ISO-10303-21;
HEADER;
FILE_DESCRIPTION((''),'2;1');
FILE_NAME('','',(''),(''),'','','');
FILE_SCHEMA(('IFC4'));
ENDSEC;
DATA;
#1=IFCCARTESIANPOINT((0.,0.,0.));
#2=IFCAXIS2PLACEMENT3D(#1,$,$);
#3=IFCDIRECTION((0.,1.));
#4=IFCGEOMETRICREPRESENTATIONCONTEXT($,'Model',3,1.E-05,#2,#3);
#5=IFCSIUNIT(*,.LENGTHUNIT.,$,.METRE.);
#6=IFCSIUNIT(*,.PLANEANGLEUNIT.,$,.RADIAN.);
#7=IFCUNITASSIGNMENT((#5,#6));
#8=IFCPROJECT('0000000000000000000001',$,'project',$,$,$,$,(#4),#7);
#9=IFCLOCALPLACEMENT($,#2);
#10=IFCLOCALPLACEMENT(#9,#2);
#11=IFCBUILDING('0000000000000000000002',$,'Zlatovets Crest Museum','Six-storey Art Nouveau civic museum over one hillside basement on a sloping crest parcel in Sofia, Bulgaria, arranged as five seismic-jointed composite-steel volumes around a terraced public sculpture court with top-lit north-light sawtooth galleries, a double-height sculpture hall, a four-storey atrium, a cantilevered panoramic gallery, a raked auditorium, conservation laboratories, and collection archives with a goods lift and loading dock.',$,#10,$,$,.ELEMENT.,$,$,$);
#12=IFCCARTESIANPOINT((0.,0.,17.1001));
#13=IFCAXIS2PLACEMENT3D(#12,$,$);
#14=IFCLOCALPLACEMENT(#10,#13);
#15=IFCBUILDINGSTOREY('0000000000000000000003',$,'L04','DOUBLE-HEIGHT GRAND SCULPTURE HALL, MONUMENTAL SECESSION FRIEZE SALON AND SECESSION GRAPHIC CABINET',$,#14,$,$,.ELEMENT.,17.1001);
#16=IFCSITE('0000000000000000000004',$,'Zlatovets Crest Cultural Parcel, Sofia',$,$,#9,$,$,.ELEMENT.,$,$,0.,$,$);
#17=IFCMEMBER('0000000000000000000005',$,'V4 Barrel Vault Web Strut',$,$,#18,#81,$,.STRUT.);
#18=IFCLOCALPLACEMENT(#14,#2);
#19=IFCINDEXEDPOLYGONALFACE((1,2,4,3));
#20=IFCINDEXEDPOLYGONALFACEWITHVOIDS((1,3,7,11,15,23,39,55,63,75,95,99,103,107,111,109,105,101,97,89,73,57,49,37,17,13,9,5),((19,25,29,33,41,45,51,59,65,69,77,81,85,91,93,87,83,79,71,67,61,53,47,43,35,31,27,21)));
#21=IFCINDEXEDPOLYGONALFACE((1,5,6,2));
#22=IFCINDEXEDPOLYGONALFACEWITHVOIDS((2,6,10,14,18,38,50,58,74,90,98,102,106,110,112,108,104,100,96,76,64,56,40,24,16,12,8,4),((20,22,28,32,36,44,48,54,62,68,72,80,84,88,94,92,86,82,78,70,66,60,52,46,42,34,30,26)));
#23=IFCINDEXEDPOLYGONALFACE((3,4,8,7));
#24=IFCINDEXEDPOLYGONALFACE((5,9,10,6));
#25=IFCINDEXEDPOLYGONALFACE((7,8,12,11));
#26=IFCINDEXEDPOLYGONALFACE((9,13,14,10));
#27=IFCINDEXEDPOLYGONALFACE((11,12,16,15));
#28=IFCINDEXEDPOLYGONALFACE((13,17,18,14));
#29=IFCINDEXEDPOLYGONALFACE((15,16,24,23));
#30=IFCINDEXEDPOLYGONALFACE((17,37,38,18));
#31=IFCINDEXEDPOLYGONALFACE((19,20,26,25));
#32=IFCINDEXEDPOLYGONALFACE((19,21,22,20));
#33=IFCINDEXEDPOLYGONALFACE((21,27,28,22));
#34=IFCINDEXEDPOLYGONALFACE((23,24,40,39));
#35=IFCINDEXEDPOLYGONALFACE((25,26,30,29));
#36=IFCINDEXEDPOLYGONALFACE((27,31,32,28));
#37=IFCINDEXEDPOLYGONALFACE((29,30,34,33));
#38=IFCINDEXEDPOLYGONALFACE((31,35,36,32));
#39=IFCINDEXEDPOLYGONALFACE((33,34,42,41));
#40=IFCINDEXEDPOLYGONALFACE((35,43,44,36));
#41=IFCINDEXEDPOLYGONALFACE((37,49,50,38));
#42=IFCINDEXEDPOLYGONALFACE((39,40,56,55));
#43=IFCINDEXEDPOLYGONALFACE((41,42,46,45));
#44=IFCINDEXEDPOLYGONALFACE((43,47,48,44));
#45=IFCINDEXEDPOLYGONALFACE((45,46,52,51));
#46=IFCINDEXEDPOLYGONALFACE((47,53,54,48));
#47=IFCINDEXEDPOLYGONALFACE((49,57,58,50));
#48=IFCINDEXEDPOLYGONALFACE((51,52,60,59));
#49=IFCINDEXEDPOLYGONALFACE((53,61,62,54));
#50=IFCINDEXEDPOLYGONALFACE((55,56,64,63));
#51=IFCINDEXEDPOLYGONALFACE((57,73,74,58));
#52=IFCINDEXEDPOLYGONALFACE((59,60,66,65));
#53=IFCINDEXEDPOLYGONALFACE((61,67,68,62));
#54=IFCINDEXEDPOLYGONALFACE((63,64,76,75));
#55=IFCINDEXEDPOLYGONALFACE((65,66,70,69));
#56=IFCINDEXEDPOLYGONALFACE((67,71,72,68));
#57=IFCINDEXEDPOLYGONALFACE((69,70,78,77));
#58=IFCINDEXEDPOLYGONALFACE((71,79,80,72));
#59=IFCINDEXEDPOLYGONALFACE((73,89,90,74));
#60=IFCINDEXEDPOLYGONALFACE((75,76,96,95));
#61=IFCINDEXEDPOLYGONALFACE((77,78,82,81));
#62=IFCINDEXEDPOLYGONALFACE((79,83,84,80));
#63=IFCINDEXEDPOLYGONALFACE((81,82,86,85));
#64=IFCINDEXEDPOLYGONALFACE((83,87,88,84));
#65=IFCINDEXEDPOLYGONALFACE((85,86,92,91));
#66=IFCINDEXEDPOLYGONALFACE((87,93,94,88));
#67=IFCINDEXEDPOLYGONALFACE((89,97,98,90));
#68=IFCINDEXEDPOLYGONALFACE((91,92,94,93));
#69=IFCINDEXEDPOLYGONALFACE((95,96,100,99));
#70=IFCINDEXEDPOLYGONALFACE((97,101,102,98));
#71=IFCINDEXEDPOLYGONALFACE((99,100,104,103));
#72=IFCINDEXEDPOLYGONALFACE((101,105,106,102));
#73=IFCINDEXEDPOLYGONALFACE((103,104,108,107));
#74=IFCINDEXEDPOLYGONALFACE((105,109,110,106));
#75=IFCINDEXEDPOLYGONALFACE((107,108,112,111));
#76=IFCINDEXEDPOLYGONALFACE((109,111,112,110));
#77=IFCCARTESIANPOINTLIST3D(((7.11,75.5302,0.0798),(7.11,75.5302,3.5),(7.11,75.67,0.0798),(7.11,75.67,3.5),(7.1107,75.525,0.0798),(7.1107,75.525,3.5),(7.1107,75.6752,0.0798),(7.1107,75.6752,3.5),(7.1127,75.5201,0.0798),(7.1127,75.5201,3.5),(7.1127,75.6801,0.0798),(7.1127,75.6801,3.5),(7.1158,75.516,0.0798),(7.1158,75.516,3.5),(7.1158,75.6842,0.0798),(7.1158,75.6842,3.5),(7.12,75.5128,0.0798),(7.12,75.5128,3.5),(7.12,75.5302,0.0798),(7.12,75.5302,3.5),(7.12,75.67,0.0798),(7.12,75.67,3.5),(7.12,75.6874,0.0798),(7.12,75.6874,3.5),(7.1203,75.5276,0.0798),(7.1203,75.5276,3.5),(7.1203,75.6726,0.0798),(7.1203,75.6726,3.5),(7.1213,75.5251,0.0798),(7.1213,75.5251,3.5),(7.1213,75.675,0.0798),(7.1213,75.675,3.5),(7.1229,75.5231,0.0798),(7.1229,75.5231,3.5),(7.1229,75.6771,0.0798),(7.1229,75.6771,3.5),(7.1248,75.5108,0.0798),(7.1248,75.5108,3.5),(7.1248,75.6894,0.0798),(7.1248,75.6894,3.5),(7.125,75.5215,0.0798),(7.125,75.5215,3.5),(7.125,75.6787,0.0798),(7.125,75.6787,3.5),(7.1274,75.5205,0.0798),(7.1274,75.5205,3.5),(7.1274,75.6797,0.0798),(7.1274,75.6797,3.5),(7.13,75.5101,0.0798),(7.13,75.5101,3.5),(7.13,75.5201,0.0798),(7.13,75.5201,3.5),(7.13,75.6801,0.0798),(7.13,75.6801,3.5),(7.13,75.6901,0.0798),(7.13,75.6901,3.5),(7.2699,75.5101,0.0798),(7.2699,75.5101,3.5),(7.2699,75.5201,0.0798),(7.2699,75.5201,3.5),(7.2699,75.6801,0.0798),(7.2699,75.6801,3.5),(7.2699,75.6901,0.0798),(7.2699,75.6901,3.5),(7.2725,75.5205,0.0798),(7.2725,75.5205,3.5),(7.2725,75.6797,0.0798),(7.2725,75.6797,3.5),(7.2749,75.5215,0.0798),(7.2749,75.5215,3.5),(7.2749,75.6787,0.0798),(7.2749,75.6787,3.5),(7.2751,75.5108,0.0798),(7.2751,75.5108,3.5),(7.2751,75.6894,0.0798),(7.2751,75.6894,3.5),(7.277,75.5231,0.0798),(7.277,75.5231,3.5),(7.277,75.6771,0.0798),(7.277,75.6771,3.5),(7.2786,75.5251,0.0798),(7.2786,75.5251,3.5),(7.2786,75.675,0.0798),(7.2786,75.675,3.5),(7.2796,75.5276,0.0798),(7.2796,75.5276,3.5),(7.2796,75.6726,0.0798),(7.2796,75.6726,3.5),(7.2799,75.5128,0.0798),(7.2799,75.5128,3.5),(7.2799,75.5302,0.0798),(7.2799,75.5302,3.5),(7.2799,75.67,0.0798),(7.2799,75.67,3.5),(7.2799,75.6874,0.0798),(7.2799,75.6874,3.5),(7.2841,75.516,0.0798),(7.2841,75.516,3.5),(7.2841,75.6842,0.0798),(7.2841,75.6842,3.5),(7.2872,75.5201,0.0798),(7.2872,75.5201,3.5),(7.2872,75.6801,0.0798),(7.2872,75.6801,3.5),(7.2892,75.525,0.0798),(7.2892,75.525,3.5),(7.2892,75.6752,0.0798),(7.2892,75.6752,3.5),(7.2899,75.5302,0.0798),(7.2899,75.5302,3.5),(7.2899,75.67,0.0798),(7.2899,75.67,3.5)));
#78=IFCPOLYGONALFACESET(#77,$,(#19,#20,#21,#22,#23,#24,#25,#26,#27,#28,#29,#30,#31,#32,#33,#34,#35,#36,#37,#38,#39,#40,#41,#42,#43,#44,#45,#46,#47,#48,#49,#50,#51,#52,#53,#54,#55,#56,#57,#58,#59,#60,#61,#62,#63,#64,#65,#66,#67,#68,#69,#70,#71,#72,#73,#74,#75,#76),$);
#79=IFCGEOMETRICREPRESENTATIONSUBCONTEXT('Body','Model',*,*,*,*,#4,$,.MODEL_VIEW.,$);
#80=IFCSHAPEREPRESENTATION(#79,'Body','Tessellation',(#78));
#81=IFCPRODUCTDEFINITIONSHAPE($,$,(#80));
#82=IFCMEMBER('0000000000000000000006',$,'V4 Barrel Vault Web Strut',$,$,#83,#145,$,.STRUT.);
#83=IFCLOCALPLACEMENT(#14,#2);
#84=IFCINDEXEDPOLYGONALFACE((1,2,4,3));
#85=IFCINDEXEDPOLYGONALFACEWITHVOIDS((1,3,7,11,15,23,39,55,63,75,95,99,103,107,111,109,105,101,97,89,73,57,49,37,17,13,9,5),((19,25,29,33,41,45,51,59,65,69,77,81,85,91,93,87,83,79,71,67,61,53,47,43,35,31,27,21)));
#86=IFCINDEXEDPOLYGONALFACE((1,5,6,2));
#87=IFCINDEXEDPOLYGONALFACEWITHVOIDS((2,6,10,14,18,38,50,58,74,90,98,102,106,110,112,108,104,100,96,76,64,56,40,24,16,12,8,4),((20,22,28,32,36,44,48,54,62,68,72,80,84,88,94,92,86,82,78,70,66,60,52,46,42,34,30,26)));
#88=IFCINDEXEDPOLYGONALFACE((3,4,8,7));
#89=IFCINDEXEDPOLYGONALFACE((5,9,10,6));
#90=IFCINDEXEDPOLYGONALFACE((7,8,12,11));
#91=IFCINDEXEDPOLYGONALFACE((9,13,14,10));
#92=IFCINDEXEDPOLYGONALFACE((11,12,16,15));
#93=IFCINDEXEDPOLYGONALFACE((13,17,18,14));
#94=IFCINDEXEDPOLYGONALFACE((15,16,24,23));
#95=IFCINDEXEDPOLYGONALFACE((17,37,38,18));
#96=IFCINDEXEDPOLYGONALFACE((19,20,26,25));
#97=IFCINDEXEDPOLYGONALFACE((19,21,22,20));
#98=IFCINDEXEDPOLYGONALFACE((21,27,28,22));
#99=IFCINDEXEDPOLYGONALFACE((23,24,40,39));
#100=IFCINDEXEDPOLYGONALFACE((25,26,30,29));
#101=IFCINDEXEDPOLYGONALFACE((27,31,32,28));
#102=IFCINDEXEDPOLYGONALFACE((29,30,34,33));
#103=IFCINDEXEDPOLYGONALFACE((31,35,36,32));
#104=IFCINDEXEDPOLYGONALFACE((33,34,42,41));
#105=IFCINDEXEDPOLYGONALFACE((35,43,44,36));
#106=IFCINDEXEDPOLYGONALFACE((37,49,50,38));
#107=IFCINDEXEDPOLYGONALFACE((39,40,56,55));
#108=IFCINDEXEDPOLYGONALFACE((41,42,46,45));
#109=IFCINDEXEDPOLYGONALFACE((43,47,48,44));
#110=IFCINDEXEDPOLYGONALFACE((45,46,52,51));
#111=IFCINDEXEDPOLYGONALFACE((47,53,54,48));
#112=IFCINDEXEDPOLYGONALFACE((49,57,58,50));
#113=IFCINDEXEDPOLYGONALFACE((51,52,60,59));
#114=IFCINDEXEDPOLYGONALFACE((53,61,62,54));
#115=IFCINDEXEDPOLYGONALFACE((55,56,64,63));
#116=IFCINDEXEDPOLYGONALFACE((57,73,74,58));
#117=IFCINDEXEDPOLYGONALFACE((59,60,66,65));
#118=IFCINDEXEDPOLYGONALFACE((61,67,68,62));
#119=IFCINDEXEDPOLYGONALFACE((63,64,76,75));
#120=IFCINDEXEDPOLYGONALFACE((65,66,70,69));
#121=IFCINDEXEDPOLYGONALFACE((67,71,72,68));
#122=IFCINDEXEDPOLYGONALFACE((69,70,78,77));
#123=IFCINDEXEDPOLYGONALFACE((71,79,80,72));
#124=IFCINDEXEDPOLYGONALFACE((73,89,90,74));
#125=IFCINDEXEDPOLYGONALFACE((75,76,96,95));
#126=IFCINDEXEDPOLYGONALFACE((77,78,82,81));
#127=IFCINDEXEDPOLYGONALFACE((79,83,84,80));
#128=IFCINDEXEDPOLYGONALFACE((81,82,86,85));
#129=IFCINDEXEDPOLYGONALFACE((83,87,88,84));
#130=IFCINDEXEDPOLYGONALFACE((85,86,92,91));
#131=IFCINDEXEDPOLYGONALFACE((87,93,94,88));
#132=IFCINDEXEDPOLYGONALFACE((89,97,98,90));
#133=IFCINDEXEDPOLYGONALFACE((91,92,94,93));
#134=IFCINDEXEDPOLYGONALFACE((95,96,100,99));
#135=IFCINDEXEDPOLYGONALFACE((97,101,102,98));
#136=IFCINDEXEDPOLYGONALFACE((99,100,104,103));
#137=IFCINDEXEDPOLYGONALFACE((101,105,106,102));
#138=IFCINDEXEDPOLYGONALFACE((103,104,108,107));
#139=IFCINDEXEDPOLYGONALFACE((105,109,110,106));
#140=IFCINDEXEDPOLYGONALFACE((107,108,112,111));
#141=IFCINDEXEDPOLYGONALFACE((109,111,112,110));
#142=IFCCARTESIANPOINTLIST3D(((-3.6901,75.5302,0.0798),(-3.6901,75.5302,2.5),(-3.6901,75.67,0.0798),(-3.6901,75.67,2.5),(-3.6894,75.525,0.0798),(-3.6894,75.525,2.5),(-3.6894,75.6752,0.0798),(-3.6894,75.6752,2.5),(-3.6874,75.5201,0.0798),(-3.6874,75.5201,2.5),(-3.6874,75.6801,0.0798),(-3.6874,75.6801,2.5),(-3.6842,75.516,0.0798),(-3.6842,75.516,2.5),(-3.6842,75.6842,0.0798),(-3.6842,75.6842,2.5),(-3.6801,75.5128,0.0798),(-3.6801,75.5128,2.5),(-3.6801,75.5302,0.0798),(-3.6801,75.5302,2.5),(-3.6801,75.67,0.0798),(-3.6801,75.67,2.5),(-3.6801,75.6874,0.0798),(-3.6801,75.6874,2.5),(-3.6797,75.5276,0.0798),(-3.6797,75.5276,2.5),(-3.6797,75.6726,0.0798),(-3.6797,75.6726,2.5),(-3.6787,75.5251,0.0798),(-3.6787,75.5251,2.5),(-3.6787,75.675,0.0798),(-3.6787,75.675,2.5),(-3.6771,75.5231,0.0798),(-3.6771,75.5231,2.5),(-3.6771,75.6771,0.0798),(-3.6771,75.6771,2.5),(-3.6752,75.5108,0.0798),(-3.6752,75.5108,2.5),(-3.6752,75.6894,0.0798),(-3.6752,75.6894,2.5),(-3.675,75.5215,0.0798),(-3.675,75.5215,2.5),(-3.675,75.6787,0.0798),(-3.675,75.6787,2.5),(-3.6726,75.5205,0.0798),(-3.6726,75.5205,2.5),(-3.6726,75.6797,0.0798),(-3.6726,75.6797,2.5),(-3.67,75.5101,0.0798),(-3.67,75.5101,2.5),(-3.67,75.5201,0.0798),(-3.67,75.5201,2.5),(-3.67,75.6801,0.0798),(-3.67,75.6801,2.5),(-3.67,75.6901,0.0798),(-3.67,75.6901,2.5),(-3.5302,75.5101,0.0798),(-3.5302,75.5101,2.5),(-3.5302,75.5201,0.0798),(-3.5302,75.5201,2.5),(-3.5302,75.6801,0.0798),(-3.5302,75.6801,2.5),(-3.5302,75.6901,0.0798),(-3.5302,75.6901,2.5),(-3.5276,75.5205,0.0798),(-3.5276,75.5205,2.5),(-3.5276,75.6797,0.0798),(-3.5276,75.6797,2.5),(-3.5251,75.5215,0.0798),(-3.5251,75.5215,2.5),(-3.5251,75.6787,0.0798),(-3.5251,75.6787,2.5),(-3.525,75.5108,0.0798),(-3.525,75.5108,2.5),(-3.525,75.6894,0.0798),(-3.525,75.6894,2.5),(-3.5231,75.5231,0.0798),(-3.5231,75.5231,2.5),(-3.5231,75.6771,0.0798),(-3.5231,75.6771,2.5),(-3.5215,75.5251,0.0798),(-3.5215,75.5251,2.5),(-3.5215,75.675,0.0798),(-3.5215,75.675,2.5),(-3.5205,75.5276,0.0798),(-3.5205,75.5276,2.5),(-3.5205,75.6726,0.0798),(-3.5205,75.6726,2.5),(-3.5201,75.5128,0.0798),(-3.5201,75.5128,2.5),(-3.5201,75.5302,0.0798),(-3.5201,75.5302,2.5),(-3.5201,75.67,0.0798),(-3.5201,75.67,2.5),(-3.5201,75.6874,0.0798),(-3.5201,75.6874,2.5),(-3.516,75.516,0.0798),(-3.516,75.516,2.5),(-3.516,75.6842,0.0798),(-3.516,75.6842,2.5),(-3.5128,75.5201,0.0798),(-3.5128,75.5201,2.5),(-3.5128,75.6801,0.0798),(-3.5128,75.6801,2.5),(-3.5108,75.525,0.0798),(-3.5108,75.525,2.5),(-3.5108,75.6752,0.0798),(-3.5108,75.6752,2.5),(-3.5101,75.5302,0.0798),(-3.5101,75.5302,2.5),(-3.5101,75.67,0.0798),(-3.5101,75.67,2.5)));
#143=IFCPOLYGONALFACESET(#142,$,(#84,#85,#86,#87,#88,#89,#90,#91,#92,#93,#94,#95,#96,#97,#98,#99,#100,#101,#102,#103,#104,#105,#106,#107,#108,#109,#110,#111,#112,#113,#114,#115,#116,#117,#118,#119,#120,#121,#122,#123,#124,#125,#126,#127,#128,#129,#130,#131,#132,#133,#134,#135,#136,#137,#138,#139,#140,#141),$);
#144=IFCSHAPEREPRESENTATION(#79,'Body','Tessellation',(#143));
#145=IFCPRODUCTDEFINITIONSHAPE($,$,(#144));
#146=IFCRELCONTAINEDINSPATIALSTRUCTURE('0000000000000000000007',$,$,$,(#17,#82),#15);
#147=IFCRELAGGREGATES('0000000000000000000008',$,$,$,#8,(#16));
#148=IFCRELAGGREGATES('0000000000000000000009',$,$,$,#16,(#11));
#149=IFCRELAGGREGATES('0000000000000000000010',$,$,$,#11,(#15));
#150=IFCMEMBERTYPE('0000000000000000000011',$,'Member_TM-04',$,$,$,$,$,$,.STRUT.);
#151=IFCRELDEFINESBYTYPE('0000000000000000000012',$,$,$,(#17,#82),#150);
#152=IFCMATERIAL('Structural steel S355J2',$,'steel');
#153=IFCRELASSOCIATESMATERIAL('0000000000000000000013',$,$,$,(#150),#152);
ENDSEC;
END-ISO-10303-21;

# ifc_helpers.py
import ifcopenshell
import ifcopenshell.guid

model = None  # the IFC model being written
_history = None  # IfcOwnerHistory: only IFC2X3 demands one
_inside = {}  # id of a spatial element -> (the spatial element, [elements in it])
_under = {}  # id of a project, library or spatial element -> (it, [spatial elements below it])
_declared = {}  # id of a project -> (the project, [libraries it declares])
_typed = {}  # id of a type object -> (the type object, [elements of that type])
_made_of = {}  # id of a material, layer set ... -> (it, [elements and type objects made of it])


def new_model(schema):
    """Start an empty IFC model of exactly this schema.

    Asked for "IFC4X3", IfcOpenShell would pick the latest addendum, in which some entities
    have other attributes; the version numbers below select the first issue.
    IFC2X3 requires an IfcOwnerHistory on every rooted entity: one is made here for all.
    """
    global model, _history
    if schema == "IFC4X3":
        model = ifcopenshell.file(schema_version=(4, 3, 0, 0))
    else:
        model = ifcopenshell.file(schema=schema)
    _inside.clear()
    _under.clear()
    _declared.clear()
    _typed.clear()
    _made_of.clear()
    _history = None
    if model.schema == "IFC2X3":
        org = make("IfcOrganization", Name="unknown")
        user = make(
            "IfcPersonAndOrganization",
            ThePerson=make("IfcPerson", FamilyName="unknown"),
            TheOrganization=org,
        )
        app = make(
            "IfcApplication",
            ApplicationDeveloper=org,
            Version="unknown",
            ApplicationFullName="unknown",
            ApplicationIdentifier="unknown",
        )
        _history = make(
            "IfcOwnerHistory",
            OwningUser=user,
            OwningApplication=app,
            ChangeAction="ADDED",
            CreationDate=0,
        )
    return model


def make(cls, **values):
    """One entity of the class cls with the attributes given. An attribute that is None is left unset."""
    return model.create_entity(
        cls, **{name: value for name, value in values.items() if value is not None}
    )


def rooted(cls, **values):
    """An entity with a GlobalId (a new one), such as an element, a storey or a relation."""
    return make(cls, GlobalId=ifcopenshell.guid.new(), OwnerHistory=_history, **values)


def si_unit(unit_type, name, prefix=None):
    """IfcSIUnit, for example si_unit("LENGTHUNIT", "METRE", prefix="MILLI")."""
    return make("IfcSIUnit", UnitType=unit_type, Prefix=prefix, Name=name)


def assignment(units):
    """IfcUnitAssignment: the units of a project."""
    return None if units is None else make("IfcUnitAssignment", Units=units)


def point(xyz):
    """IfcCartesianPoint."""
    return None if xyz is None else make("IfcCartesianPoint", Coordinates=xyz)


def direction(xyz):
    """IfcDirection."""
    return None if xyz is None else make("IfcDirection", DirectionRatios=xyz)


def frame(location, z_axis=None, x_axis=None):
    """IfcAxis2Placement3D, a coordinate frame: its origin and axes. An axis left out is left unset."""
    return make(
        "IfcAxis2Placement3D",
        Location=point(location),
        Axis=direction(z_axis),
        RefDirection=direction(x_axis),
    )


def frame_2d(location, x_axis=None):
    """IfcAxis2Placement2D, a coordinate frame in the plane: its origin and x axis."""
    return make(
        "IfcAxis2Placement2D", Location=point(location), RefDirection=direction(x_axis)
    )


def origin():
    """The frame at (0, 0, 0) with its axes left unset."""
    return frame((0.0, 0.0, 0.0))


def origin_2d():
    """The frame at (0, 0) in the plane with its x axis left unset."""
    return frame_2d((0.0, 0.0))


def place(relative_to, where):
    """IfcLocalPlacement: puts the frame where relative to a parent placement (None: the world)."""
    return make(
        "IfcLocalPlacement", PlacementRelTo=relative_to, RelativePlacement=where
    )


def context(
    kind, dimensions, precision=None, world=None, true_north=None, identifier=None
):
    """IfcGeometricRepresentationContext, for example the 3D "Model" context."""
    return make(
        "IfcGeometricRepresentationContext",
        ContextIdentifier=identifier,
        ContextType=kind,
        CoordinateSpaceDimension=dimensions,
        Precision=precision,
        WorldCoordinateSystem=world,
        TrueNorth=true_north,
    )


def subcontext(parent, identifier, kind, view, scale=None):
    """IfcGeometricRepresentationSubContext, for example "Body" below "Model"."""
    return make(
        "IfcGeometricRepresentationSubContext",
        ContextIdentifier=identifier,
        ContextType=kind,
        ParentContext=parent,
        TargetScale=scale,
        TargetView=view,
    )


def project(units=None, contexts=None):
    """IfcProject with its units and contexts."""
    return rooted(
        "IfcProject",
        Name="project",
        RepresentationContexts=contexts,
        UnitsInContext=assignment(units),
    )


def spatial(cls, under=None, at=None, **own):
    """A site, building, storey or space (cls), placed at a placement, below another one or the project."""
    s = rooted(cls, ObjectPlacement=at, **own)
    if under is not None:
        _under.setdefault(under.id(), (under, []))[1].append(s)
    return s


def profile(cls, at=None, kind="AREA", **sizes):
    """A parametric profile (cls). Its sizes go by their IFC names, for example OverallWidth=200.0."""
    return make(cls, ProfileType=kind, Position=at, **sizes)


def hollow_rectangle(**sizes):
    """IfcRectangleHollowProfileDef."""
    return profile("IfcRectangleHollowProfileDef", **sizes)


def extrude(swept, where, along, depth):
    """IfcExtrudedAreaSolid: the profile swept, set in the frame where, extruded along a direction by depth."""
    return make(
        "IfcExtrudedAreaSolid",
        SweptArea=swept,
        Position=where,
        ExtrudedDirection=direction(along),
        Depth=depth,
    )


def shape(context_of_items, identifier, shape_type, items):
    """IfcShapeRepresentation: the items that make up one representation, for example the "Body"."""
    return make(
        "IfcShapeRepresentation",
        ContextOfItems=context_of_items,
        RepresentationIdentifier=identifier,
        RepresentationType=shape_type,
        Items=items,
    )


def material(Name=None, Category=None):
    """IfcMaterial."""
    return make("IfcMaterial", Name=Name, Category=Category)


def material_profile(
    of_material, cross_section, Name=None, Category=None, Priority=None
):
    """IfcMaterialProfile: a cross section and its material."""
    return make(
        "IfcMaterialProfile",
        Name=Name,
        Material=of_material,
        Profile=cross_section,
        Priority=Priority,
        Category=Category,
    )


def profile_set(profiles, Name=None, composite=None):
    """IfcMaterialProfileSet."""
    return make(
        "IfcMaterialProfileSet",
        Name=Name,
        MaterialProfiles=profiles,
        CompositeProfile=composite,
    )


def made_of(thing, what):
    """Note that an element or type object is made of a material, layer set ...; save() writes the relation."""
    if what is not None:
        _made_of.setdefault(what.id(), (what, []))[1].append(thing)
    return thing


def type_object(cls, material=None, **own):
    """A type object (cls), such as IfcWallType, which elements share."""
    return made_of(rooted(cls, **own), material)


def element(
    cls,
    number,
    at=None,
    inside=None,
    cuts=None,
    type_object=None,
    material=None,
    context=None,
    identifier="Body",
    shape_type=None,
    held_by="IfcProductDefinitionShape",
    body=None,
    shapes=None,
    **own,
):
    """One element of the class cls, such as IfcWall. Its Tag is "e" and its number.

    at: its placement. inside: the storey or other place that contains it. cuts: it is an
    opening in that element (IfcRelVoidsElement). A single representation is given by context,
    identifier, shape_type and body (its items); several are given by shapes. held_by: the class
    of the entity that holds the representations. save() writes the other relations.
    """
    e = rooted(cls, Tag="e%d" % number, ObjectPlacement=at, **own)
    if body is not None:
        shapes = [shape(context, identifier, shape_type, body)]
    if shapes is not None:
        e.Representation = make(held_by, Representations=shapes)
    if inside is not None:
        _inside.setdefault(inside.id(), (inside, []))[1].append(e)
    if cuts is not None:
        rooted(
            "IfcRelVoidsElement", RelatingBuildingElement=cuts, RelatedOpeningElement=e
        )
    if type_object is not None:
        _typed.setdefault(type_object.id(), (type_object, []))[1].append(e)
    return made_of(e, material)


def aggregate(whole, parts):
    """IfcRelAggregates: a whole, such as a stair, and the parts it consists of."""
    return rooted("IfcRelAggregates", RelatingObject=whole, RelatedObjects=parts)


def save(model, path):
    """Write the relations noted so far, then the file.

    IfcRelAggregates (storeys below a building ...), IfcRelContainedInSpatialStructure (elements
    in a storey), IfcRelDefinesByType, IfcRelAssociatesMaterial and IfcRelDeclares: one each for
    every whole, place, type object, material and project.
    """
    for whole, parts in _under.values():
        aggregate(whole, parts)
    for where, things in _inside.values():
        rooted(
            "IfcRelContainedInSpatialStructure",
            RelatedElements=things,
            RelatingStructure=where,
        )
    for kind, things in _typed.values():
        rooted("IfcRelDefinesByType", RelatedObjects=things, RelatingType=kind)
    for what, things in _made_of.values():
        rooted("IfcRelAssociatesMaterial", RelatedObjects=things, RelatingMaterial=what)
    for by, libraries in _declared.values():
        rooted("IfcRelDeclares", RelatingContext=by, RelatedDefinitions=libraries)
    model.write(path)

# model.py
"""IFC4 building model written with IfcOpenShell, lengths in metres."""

from ifc_helpers import new_model, si_unit, direction, frame, origin, origin_2d, place, context, subcontext, project, spatial, hollow_rectangle, extrude, material, material_profile, profile_set, type_object, element, save


model = new_model("IFC4")

# Units and contexts
model_context = context("Model", 3, precision=1e-05, world=origin(), true_north=direction((0.0, 1.0)))
body_context = subcontext(model_context, "Body", "Model", "MODEL_VIEW")
ifc_project = project(units=[si_unit("LENGTHUNIT", "METRE"), si_unit("PLANEANGLEUNIT", "RADIAN")], contexts=[model_context])

# Site, building, storey
site_placement = place(None, origin())
site = spatial("IfcSite", under=ifc_project, at=site_placement, Name="Zlatovets Crest Cultural Parcel, Sofia", CompositionType="ELEMENT", RefElevation=0.0)
building_placement = place(site_placement, origin())
building = spatial("IfcBuilding", under=site, at=building_placement, Name="Zlatovets Crest Museum", Description="Six-storey Art Nouveau civic museum over one hillside basement on a sloping crest parcel in Sofia, Bulgaria, arranged as five seismic-jointed composite-steel volumes around a terraced public sculpture court with top-lit north-light sawtooth galleries, a double-height sculpture hall, a four-storey atrium, a cantilevered panoramic gallery, a raked auditorium, conservation laboratories, and collection archives with a goods lift and loading dock.", CompositionType="ELEMENT")
storey_placement = place(building_placement, frame((0.0, 0.0, 17.1001)))
storey = spatial("IfcBuildingStorey", under=building, at=storey_placement, Name="L04", Description="DOUBLE-HEIGHT GRAND SCULPTURE HALL, MONUMENTAL SECESSION FRIEZE SALON AND SECESSION GRAPHIC CABINET", CompositionType="ELEMENT", Elevation=17.1001)

# Shared definitions
ifc_material_1 = material(Name="Structural steel S355J2", Category="steel")

# Members
ifc_material_profile_1 = material_profile(ifc_material_1, hollow_rectangle(XDim=0.1799, YDim=0.1799, WallThickness=0.01, InnerFilletRadius=0.01, OuterFilletRadius=0.02, at=origin_2d()), Name="SHS 180x180x10.0")
ifc_profile_set_1 = profile_set([ifc_material_profile_1], Name="Structural steel S355J2")
member_type_1 = type_object("IfcMemberType", Name="Member_TM-04", PredefinedType="STRUT", material=ifc_profile_set_1)
member_1_placement = place(storey_placement, frame((7.2, 75.6001, 0.0798), z_axis=(0.0, 0.0, 1.0), x_axis=(1.0, 0.0, 0.0)))
element("IfcMember", 1, at=member_1_placement, inside=storey, type_object=member_type_1, Name="V4 Barrel Vault Web Strut", PredefinedType="STRUT", context=body_context, shape_type="SweptSolid", body=[
    extrude(hollow_rectangle(XDim=0.1799, YDim=0.1799, WallThickness=0.01, InnerFilletRadius=0.01, OuterFilletRadius=0.02, at=origin_2d()), origin(), (0.0, 0.0, 1.0), 3.4202),
])
member_2_placement = place(storey_placement, frame((-3.6001, 75.6001, 0.0798), z_axis=(0.0, 0.0, 1.0), x_axis=(1.0, 0.0, 0.0)))
element("IfcMember", 2, at=member_2_placement, inside=storey, type_object=member_type_1, Name="V4 Barrel Vault Web Strut", PredefinedType="STRUT", context=body_context, shape_type="SweptSolid", body=[
    extrude(hollow_rectangle(XDim=0.1799, YDim=0.1799, WallThickness=0.01, InnerFilletRadius=0.01, OuterFilletRadius=0.02, at=origin_2d()), origin(), (0.0, 0.0, 1.0), 2.4202),
])

save(model, "model.ifc")
